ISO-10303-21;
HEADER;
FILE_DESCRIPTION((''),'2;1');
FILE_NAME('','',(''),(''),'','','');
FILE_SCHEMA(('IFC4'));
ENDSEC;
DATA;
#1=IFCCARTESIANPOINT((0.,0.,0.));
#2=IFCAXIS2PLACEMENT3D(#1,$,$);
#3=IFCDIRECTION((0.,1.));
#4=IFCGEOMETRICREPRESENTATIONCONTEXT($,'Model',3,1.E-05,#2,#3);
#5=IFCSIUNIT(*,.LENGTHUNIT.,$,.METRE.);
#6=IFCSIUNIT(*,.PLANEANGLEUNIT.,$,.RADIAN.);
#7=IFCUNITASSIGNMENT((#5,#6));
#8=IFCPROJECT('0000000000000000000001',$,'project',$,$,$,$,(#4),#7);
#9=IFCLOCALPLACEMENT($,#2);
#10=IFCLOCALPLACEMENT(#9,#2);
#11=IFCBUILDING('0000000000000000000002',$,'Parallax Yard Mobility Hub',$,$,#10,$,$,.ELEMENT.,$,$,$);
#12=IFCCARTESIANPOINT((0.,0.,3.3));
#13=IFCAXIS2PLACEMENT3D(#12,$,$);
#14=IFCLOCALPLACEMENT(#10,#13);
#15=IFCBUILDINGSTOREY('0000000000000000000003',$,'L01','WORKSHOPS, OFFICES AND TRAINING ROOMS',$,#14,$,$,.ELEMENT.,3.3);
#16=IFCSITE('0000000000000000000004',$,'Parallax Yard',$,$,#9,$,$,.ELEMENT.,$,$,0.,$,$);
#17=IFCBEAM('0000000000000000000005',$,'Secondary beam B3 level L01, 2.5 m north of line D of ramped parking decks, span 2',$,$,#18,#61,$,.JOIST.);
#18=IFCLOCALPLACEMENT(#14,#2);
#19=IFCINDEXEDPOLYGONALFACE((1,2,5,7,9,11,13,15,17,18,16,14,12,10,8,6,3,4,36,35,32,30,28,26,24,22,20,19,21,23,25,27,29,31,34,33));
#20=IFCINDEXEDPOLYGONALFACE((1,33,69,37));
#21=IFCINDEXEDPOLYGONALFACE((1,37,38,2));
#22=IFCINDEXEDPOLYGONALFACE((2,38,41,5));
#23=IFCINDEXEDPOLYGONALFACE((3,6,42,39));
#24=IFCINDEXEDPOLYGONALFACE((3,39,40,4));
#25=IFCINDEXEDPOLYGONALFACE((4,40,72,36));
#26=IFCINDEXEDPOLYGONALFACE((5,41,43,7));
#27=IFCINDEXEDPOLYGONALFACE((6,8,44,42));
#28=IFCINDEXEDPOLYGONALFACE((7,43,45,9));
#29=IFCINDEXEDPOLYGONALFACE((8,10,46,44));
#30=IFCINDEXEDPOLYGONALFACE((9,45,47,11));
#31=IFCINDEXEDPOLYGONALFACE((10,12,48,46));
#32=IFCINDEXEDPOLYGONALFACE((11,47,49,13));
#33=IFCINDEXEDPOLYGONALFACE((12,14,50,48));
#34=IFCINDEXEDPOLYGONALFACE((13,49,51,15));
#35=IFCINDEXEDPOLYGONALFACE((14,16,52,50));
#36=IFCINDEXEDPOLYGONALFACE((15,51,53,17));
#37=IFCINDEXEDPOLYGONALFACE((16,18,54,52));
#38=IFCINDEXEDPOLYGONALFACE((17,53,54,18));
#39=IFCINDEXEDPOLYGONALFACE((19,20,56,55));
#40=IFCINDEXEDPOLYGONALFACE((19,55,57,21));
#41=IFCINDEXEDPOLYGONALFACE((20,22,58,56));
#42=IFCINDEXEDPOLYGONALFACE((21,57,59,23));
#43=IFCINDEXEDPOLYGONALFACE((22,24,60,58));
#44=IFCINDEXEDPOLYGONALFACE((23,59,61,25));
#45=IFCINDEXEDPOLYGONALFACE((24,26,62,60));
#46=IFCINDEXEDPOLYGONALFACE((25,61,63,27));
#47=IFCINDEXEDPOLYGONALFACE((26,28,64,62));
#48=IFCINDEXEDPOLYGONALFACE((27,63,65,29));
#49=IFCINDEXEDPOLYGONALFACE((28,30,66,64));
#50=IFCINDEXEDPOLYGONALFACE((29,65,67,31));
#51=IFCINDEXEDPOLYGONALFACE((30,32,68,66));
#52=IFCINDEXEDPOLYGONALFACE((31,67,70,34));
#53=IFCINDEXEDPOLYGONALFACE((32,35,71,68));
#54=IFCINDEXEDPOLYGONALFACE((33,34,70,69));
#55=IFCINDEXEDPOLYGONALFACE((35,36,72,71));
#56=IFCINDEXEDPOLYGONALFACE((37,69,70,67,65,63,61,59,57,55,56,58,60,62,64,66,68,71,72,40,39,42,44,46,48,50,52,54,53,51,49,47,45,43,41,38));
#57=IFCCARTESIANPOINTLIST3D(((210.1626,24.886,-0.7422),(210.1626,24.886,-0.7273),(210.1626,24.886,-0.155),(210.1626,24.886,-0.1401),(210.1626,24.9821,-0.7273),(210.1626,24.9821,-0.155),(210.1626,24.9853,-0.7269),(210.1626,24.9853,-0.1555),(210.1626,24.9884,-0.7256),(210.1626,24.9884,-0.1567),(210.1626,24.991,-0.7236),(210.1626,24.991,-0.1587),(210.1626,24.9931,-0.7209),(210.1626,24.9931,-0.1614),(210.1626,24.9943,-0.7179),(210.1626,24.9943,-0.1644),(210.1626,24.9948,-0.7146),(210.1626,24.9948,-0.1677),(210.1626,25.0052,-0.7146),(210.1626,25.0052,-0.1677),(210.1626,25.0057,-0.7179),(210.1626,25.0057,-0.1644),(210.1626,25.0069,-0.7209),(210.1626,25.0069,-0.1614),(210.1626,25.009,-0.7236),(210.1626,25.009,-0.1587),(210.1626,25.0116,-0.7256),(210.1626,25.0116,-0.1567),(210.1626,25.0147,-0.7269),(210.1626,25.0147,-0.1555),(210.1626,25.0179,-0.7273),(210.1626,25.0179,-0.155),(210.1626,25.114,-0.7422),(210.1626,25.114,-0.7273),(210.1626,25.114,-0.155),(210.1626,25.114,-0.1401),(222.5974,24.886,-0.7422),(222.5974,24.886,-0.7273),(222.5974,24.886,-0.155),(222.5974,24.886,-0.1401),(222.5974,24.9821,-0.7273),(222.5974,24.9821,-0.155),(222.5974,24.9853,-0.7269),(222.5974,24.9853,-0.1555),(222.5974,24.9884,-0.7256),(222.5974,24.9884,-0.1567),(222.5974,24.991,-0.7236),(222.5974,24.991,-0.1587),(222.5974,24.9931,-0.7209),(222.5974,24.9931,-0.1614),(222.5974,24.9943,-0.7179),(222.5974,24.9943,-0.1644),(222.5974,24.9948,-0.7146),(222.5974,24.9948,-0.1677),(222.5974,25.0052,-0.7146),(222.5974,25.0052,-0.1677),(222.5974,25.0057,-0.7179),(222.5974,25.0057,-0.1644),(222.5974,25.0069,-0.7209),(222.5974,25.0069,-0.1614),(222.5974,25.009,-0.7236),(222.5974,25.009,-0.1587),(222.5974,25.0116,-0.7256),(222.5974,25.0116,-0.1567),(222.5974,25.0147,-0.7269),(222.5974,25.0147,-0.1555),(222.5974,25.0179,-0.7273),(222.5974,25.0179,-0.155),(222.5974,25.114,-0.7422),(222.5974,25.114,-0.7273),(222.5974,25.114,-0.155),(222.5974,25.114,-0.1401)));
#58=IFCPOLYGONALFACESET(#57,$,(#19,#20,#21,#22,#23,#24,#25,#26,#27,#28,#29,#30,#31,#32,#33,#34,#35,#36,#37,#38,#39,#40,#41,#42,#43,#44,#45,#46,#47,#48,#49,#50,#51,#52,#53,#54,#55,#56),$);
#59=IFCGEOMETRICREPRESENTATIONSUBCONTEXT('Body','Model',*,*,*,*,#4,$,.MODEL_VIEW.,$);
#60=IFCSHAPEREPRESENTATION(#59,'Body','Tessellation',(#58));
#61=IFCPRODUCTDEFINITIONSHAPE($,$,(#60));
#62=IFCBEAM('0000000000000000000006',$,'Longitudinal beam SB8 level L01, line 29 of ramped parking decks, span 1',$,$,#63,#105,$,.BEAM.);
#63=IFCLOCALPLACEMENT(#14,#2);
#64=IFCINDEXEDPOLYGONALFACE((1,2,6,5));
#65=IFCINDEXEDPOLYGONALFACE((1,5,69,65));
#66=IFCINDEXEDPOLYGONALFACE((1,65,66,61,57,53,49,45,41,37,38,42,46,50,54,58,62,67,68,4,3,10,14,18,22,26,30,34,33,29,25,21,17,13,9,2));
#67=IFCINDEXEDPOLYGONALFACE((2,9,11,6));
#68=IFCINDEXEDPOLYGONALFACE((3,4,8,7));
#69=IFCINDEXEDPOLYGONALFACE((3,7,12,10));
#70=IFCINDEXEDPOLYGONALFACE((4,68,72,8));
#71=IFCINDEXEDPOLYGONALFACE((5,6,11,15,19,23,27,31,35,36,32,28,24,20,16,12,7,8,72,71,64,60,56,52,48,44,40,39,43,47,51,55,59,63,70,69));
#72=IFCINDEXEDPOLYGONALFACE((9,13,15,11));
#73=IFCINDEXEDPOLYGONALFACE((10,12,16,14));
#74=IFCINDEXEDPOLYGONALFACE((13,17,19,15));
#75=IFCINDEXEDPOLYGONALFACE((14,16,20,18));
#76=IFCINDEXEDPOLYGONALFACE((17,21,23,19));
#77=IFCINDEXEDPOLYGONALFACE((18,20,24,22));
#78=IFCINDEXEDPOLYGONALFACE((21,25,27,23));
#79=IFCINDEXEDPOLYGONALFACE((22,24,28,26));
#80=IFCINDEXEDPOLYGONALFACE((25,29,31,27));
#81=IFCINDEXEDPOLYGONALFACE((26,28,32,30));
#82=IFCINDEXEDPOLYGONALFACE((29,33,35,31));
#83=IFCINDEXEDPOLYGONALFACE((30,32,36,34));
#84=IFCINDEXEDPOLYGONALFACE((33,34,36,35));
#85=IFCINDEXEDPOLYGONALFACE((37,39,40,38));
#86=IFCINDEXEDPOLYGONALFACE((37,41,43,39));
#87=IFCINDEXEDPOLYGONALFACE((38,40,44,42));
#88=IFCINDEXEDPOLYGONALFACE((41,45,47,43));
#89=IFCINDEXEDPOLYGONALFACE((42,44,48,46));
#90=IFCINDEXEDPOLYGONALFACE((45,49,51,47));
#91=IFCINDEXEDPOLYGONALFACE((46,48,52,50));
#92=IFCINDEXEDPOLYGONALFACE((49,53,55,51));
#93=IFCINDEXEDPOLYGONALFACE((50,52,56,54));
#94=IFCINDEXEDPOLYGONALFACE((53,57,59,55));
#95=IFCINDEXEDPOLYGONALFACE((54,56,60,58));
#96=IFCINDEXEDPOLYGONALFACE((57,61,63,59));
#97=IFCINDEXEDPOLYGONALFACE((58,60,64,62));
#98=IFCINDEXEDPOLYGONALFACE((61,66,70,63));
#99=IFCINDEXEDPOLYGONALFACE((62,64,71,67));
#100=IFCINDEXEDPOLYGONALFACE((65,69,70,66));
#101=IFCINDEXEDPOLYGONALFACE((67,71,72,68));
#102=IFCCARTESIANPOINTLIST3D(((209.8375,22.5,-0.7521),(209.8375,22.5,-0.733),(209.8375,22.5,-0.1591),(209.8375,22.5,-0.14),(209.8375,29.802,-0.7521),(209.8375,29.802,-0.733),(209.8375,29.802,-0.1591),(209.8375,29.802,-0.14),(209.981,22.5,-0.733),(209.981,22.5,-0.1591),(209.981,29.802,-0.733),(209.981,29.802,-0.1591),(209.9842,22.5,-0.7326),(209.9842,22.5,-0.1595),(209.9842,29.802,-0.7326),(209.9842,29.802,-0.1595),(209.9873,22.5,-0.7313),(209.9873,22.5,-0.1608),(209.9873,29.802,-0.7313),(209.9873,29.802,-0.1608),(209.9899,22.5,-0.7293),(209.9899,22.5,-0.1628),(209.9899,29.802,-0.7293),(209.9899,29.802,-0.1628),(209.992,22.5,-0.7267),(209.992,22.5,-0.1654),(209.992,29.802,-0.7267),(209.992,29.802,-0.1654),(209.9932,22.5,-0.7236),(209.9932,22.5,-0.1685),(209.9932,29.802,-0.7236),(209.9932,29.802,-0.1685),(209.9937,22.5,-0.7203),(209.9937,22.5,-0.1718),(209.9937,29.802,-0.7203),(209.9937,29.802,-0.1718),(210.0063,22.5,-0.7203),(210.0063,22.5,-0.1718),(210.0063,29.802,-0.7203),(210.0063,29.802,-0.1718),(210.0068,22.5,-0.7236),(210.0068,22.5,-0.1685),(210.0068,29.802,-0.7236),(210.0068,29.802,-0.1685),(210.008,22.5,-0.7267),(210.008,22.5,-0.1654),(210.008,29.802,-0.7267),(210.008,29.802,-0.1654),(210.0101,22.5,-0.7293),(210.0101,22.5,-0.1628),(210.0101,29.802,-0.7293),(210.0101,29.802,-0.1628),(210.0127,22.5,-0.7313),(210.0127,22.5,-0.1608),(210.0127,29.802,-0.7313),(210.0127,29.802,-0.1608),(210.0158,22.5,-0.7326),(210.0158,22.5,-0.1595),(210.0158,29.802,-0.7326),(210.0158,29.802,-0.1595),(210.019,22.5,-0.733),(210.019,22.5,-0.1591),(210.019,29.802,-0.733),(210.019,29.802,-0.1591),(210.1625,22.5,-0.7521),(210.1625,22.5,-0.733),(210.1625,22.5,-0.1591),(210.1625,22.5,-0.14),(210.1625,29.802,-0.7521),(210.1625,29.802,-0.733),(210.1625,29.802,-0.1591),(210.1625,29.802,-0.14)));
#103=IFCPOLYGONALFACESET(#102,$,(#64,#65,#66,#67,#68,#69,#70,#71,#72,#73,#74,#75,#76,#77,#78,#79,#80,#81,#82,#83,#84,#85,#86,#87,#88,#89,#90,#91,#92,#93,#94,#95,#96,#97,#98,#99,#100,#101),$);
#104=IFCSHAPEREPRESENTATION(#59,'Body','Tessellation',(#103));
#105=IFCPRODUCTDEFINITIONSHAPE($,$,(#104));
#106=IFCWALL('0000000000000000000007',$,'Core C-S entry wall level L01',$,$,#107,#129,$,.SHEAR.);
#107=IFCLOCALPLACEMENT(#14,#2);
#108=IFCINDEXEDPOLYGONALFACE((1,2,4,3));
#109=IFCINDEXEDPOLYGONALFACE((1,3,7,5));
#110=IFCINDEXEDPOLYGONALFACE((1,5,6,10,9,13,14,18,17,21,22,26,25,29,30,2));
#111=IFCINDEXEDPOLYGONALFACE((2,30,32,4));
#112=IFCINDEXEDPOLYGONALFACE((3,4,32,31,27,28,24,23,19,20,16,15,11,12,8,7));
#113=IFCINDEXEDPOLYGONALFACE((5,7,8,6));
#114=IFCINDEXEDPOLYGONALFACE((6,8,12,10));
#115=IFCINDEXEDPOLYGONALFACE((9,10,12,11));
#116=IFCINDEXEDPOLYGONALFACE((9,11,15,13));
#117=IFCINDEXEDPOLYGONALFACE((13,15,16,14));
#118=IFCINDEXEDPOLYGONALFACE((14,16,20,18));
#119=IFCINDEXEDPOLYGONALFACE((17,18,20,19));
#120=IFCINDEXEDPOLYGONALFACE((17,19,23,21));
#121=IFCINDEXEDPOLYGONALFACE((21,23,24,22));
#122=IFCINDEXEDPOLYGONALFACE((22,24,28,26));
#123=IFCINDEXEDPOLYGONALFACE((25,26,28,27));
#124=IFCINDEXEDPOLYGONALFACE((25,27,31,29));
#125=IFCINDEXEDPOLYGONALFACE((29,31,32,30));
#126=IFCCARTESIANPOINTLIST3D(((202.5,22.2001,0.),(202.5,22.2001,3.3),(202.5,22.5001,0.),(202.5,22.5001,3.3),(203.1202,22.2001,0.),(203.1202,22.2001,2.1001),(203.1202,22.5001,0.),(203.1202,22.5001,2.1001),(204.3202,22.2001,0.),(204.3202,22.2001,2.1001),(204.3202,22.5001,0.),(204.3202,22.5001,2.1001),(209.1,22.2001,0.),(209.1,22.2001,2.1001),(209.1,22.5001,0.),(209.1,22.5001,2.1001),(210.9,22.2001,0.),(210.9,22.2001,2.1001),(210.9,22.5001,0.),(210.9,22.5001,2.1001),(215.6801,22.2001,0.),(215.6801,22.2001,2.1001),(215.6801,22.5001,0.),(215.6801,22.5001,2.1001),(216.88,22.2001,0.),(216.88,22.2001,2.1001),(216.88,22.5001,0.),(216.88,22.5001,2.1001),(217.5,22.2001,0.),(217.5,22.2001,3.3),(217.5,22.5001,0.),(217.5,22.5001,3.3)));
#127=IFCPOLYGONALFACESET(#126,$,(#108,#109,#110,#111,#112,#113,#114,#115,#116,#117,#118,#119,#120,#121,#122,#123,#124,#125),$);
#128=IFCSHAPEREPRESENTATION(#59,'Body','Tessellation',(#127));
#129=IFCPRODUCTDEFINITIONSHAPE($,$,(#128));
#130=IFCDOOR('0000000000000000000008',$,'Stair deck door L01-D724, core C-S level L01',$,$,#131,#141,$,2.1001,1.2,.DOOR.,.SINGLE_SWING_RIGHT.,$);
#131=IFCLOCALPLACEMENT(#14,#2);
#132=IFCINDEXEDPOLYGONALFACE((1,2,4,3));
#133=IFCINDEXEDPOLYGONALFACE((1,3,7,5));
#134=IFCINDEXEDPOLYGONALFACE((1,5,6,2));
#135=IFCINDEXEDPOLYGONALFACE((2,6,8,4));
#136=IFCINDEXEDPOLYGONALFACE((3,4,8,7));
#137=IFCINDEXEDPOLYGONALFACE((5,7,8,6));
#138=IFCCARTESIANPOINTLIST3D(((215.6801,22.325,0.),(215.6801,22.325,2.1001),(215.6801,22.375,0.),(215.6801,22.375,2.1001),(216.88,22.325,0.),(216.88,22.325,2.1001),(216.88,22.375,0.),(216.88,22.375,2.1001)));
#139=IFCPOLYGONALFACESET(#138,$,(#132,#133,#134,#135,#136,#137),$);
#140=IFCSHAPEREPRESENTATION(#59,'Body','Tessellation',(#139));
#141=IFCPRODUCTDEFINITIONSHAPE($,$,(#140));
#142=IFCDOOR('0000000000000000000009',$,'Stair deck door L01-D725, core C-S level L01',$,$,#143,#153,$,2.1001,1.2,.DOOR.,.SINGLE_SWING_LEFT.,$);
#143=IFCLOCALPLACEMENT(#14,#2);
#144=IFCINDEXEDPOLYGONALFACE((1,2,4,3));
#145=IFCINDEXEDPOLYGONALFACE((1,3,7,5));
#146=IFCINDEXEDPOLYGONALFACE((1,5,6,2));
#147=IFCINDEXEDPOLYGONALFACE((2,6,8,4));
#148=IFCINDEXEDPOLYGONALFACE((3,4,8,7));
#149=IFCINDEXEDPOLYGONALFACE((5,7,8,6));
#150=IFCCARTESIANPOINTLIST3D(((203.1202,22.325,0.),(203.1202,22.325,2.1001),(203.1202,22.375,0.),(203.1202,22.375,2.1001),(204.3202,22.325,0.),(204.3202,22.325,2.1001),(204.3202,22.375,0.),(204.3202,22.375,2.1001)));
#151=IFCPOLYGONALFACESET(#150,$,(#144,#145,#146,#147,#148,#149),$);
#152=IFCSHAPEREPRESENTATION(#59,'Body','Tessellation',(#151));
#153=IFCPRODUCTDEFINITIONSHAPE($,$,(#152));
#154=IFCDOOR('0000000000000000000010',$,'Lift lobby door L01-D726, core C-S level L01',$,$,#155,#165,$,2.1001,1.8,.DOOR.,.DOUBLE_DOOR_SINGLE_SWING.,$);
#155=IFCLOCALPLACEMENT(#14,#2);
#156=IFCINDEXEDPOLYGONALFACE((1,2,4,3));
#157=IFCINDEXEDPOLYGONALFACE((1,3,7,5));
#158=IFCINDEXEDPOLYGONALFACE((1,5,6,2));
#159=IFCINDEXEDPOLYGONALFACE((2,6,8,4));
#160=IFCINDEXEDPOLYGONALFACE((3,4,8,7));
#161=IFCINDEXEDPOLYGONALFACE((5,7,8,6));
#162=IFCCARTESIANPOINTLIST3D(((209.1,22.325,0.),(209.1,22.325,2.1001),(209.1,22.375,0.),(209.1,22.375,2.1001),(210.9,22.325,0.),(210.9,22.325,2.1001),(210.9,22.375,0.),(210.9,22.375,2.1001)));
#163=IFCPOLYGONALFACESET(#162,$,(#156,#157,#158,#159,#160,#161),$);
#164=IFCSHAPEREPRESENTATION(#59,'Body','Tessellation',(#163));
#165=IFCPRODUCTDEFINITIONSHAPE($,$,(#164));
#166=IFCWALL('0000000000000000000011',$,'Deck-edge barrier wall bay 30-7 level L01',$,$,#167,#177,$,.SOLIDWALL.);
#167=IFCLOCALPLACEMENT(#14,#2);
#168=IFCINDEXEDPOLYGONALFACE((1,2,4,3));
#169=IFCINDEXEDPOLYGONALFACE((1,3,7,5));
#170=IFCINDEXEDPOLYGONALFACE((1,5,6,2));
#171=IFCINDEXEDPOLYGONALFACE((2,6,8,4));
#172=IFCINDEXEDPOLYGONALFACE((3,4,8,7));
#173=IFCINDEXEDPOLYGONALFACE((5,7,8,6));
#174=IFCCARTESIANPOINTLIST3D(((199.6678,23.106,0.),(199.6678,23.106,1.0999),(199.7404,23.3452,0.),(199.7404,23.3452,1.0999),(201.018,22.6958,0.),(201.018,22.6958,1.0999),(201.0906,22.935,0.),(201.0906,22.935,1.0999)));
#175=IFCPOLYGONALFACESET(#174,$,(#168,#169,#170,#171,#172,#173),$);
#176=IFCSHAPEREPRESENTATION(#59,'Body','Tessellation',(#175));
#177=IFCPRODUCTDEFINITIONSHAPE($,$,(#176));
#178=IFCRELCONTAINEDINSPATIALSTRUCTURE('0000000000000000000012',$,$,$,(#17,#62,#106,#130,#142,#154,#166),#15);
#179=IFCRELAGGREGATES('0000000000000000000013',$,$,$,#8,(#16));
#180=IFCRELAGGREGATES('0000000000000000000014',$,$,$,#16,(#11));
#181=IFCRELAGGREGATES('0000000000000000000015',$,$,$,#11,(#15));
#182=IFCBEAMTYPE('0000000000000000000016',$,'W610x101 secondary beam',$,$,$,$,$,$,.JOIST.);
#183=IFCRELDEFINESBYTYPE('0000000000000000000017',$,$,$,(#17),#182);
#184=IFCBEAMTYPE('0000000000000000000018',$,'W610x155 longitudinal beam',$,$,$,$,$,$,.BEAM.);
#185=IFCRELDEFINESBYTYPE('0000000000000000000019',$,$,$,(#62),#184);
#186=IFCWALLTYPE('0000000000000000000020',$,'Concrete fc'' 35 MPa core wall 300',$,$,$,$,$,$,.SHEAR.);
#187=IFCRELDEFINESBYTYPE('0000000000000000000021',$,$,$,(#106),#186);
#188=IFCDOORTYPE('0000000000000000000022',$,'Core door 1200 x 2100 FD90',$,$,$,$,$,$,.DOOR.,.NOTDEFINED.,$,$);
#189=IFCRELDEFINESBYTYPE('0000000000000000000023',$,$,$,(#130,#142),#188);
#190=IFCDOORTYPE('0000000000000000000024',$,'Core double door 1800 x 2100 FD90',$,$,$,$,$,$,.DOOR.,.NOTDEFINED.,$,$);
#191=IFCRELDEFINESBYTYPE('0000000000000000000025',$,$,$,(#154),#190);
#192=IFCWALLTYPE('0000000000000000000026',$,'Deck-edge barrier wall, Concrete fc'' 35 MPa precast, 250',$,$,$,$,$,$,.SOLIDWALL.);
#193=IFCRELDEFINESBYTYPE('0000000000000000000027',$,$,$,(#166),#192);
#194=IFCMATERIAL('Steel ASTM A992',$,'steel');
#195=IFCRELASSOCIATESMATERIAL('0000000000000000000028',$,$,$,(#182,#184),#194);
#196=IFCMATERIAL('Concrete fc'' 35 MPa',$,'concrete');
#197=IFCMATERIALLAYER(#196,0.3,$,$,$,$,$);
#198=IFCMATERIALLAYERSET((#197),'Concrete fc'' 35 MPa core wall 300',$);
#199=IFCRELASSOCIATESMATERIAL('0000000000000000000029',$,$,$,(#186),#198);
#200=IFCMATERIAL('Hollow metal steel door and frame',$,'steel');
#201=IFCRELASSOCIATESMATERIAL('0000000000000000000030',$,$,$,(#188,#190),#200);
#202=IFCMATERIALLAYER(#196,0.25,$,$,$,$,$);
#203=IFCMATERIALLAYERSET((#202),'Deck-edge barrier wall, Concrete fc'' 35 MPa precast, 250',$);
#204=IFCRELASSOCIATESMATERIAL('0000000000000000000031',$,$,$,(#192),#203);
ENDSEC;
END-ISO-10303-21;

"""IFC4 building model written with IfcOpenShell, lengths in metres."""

from ifc_helpers import new_model, si_unit, direction, frame, frame_2d, origin, origin_2d, place, context, subcontext, project, spatial, rectangle, i_section, extrude, material, layer, layer_set, material_profile, profile_set, type_object, element, fill, save


model = new_model("IFC4")

# Units and contexts
model_context = context("Model", 3, precision=1e-05, world=origin(), true_north=direction((0.0, 1.0)))
body_context = subcontext(model_context, "Body", "Model", "MODEL_VIEW")
ifc_project = project(units=[si_unit("LENGTHUNIT", "METRE"), si_unit("PLANEANGLEUNIT", "RADIAN")], contexts=[model_context])

# Site, building, storey
site_placement = place(None, origin())
site = spatial("IfcSite", under=ifc_project, at=site_placement, Name="Parallax Yard", CompositionType="ELEMENT", RefElevation=0.0)
building_placement = place(site_placement, origin())
building = spatial("IfcBuilding", under=site, at=building_placement, Name="Parallax Yard Mobility Hub", CompositionType="ELEMENT")
storey_placement = place(building_placement, frame((0.0, 0.0, 3.3)))
storey = spatial("IfcBuildingStorey", under=building, at=storey_placement, Name="L01", Description="WORKSHOPS, OFFICES AND TRAINING ROOMS", CompositionType="ELEMENT", Elevation=3.3)

# Beams
ifc_material_1 = material(Name="Steel ASTM A992", Category="steel")
ifc_material_profile_1 = material_profile(ifc_material_1, i_section(OverallWidth=0.228, OverallDepth=0.6021, WebThickness=0.0105, FlangeThickness=0.0149, FilletRadius=0.0127, at=origin_2d()), Name="W610x101")
ifc_profile_set_1 = profile_set([ifc_material_profile_1], Name="Steel ASTM A992")
beam_type_1 = type_object("IfcBeamType", Name="W610x101 secondary beam", PredefinedType="JOIST", material=ifc_profile_set_1)
beam_1_placement = place(storey_placement, frame((210.1626, 25.0, -0.4412), z_axis=(1.0, 0.0, 0.0), x_axis=(0.0, 1.0, 0.0)))
element("IfcBeam", 1, at=beam_1_placement, inside=storey, type_object=beam_type_1, Name="Secondary beam B3 level L01, 2.5 m north of line D of ramped parking decks, span 2", PredefinedType="JOIST", context=body_context, shape_type="SweptSolid", body=[
    extrude(i_section(OverallWidth=0.228, OverallDepth=0.6021, WebThickness=0.0105, FlangeThickness=0.0149, FilletRadius=0.0127, at=origin_2d()), origin(), (0.0, 0.0, 1.0), 12.4348),
])
ifc_material_profile_2 = material_profile(ifc_material_1, i_section(OverallWidth=0.325, OverallDepth=0.6121, WebThickness=0.0127, FlangeThickness=0.019, FilletRadius=0.0127, at=origin_2d()), Name="W610x155")
ifc_profile_set_2 = profile_set([ifc_material_profile_2], Name="Steel ASTM A992")
beam_type_2 = type_object("IfcBeamType", Name="W610x155 longitudinal beam", PredefinedType="BEAM", material=ifc_profile_set_2)
beam_2_placement = place(storey_placement, frame((210.0, 22.5, -0.446), z_axis=(0.0, 1.0, 0.0), x_axis=(-1.0, 0.0, 0.0)))
element("IfcBeam", 2, at=beam_2_placement, inside=storey, type_object=beam_type_2, Name="Longitudinal beam SB8 level L01, line 29 of ramped parking decks, span 1", PredefinedType="BEAM", context=body_context, shape_type="SweptSolid", body=[
    extrude(i_section(OverallWidth=0.325, OverallDepth=0.6121, WebThickness=0.0127, FlangeThickness=0.019, FilletRadius=0.0127, at=origin_2d()), origin(), (0.0, 0.0, 1.0), 7.302),
])

# Wall, openings, doors
ifc_material_2 = material(Name="Concrete fc' 35 MPa", Category="concrete")
ifc_layer_1 = layer(ifc_material_2, 0.3)
ifc_layer_set_1 = layer_set([ifc_layer_1], Name="Concrete fc' 35 MPa core wall 300")
wall_type_1 = type_object("IfcWallType", Name="Concrete fc' 35 MPa core wall 300", PredefinedType="SHEAR", material=ifc_layer_set_1)
wall_1_placement = place(storey_placement, frame((202.5, 22.3501, 0.0), z_axis=(0.0, 0.0, 1.0), x_axis=(1.0, 0.0, 0.0)))
wall_1 = element("IfcWall", 3, at=wall_1_placement, inside=storey, type_object=wall_type_1, Name="Core C-S entry wall level L01", PredefinedType="SHEAR", context=body_context, shape_type="SweptSolid", body=[
    extrude(rectangle(XDim=15.0, YDim=0.3, at=frame_2d((7.5, 0.0))), origin(), (0.0, 0.0, 1.0), 3.3),
])
opening_1_placement = place(wall_1_placement, frame((13.1799, 0.0, 0.0)))
opening_1 = element("IfcOpeningElement", 4, at=opening_1_placement, cuts=wall_1, PredefinedType="OPENING", context=body_context, shape_type="SweptSolid", body=[
    extrude(rectangle(XDim=1.2, YDim=2.1001, at=frame_2d((0.6001, 1.05))), frame((0.0, 0.1602, 0.0), z_axis=(0.0, -1.0, 0.0), x_axis=(1.0, 0.0, 0.0)), (0.0, 0.0, 1.0), 0.3201),
])
opening_2_placement = place(wall_1_placement, frame((0.6201, 0.0, 0.0)))
opening_2 = element("IfcOpeningElement", 5, at=opening_2_placement, cuts=wall_1, PredefinedType="OPENING", context=body_context, shape_type="SweptSolid", body=[
    extrude(rectangle(XDim=1.2, YDim=2.1001, at=frame_2d((0.6001, 1.05))), frame((0.0, 0.1602, 0.0), z_axis=(0.0, -1.0, 0.0), x_axis=(1.0, 0.0, 0.0)), (0.0, 0.0, 1.0), 0.3201),
])
opening_3_placement = place(wall_1_placement, frame((6.6001, 0.0, 0.0)))
opening_3 = element("IfcOpeningElement", 6, at=opening_3_placement, cuts=wall_1, PredefinedType="OPENING", context=body_context, shape_type="SweptSolid", body=[
    extrude(rectangle(XDim=1.8, YDim=2.1001, at=frame_2d((0.8999, 1.05))), frame((0.0, 0.1602, 0.0), z_axis=(0.0, -1.0, 0.0), x_axis=(1.0, 0.0, 0.0)), (0.0, 0.0, 1.0), 0.3201),
])
ifc_material_3 = material(Name="Hollow metal steel door and frame", Category="steel")
door_type_1 = type_object("IfcDoorType", Name="Core door 1200 x 2100 FD90", OperationType="NOTDEFINED", PredefinedType="DOOR", material=ifc_material_3)
door_1_placement = place(opening_1_placement, origin())
door_1 = element("IfcDoor", 7, at=door_1_placement, inside=storey, type_object=door_type_1, Name="Stair deck door L01-D724, core C-S level L01", OperationType="SINGLE_SWING_RIGHT", OverallHeight=2.1001, OverallWidth=1.2, PredefinedType="DOOR", context=body_context, shape_type="SweptSolid", body=[
    extrude(rectangle(XDim=1.2, YDim=2.1001, at=frame_2d((0.6001, 1.05))), frame((0.0, 0.0249, 0.0), z_axis=(0.0, -1.0, 0.0), x_axis=(1.0, 0.0, 0.0)), (0.0, 0.0, 1.0), 0.05),
])
fill(opening_1, door_1)
door_2_placement = place(opening_2_placement, origin())
door_2 = element("IfcDoor", 8, at=door_2_placement, inside=storey, type_object=door_type_1, Name="Stair deck door L01-D725, core C-S level L01", OperationType="SINGLE_SWING_LEFT", OverallHeight=2.1001, OverallWidth=1.2, PredefinedType="DOOR", context=body_context, shape_type="SweptSolid", body=[
    extrude(rectangle(XDim=1.2, YDim=2.1001, at=frame_2d((0.6001, 1.05))), frame((0.0, 0.0249, 0.0), z_axis=(0.0, -1.0, 0.0), x_axis=(1.0, 0.0, 0.0)), (0.0, 0.0, 1.0), 0.05),
])
fill(opening_2, door_2)
door_type_2 = type_object("IfcDoorType", Name="Core double door 1800 x 2100 FD90", OperationType="NOTDEFINED", PredefinedType="DOOR", material=ifc_material_3)
door_3_placement = place(opening_3_placement, origin())
door_3 = element("IfcDoor", 9, at=door_3_placement, inside=storey, type_object=door_type_2, Name="Lift lobby door L01-D726, core C-S level L01", OperationType="DOUBLE_DOOR_SINGLE_SWING", OverallHeight=2.1001, OverallWidth=1.8, PredefinedType="DOOR", context=body_context, shape_type="SweptSolid", body=[
    extrude(rectangle(XDim=1.8, YDim=2.1001, at=frame_2d((0.8999, 1.05))), frame((0.0, 0.0249, 0.0), z_axis=(0.0, -1.0, 0.0), x_axis=(1.0, 0.0, 0.0)), (0.0, 0.0, 1.0), 0.05),
])
fill(opening_3, door_3)

# Wall
ifc_layer_2 = layer(ifc_material_2, 0.25)
ifc_layer_set_2 = layer_set([ifc_layer_2], Name="Deck-edge barrier wall, Concrete fc' 35 MPa precast, 250")
wall_type_2 = type_object("IfcWallType", Name="Deck-edge barrier wall, Concrete fc' 35 MPa precast, 250", PredefinedType="SOLIDWALL", material=ifc_layer_set_2)
wall_2_placement = place(storey_placement, frame((199.7041, 23.2256, 0.0), z_axis=(0.0, 0.0, 1.0), x_axis=(0.95682, -0.29068, 0.0)))
element("IfcWall", 10, at=wall_2_placement, inside=storey, type_object=wall_type_2, Name="Deck-edge barrier wall bay 30-7 level L01", PredefinedType="SOLIDWALL", context=body_context, shape_type="SweptSolid", body=[
    extrude(rectangle(XDim=1.4111, YDim=0.25, at=frame_2d((0.7056, 0.0))), origin(), (0.0, 0.0, 1.0), 1.0999),
])

save(model, "model.ifc")
